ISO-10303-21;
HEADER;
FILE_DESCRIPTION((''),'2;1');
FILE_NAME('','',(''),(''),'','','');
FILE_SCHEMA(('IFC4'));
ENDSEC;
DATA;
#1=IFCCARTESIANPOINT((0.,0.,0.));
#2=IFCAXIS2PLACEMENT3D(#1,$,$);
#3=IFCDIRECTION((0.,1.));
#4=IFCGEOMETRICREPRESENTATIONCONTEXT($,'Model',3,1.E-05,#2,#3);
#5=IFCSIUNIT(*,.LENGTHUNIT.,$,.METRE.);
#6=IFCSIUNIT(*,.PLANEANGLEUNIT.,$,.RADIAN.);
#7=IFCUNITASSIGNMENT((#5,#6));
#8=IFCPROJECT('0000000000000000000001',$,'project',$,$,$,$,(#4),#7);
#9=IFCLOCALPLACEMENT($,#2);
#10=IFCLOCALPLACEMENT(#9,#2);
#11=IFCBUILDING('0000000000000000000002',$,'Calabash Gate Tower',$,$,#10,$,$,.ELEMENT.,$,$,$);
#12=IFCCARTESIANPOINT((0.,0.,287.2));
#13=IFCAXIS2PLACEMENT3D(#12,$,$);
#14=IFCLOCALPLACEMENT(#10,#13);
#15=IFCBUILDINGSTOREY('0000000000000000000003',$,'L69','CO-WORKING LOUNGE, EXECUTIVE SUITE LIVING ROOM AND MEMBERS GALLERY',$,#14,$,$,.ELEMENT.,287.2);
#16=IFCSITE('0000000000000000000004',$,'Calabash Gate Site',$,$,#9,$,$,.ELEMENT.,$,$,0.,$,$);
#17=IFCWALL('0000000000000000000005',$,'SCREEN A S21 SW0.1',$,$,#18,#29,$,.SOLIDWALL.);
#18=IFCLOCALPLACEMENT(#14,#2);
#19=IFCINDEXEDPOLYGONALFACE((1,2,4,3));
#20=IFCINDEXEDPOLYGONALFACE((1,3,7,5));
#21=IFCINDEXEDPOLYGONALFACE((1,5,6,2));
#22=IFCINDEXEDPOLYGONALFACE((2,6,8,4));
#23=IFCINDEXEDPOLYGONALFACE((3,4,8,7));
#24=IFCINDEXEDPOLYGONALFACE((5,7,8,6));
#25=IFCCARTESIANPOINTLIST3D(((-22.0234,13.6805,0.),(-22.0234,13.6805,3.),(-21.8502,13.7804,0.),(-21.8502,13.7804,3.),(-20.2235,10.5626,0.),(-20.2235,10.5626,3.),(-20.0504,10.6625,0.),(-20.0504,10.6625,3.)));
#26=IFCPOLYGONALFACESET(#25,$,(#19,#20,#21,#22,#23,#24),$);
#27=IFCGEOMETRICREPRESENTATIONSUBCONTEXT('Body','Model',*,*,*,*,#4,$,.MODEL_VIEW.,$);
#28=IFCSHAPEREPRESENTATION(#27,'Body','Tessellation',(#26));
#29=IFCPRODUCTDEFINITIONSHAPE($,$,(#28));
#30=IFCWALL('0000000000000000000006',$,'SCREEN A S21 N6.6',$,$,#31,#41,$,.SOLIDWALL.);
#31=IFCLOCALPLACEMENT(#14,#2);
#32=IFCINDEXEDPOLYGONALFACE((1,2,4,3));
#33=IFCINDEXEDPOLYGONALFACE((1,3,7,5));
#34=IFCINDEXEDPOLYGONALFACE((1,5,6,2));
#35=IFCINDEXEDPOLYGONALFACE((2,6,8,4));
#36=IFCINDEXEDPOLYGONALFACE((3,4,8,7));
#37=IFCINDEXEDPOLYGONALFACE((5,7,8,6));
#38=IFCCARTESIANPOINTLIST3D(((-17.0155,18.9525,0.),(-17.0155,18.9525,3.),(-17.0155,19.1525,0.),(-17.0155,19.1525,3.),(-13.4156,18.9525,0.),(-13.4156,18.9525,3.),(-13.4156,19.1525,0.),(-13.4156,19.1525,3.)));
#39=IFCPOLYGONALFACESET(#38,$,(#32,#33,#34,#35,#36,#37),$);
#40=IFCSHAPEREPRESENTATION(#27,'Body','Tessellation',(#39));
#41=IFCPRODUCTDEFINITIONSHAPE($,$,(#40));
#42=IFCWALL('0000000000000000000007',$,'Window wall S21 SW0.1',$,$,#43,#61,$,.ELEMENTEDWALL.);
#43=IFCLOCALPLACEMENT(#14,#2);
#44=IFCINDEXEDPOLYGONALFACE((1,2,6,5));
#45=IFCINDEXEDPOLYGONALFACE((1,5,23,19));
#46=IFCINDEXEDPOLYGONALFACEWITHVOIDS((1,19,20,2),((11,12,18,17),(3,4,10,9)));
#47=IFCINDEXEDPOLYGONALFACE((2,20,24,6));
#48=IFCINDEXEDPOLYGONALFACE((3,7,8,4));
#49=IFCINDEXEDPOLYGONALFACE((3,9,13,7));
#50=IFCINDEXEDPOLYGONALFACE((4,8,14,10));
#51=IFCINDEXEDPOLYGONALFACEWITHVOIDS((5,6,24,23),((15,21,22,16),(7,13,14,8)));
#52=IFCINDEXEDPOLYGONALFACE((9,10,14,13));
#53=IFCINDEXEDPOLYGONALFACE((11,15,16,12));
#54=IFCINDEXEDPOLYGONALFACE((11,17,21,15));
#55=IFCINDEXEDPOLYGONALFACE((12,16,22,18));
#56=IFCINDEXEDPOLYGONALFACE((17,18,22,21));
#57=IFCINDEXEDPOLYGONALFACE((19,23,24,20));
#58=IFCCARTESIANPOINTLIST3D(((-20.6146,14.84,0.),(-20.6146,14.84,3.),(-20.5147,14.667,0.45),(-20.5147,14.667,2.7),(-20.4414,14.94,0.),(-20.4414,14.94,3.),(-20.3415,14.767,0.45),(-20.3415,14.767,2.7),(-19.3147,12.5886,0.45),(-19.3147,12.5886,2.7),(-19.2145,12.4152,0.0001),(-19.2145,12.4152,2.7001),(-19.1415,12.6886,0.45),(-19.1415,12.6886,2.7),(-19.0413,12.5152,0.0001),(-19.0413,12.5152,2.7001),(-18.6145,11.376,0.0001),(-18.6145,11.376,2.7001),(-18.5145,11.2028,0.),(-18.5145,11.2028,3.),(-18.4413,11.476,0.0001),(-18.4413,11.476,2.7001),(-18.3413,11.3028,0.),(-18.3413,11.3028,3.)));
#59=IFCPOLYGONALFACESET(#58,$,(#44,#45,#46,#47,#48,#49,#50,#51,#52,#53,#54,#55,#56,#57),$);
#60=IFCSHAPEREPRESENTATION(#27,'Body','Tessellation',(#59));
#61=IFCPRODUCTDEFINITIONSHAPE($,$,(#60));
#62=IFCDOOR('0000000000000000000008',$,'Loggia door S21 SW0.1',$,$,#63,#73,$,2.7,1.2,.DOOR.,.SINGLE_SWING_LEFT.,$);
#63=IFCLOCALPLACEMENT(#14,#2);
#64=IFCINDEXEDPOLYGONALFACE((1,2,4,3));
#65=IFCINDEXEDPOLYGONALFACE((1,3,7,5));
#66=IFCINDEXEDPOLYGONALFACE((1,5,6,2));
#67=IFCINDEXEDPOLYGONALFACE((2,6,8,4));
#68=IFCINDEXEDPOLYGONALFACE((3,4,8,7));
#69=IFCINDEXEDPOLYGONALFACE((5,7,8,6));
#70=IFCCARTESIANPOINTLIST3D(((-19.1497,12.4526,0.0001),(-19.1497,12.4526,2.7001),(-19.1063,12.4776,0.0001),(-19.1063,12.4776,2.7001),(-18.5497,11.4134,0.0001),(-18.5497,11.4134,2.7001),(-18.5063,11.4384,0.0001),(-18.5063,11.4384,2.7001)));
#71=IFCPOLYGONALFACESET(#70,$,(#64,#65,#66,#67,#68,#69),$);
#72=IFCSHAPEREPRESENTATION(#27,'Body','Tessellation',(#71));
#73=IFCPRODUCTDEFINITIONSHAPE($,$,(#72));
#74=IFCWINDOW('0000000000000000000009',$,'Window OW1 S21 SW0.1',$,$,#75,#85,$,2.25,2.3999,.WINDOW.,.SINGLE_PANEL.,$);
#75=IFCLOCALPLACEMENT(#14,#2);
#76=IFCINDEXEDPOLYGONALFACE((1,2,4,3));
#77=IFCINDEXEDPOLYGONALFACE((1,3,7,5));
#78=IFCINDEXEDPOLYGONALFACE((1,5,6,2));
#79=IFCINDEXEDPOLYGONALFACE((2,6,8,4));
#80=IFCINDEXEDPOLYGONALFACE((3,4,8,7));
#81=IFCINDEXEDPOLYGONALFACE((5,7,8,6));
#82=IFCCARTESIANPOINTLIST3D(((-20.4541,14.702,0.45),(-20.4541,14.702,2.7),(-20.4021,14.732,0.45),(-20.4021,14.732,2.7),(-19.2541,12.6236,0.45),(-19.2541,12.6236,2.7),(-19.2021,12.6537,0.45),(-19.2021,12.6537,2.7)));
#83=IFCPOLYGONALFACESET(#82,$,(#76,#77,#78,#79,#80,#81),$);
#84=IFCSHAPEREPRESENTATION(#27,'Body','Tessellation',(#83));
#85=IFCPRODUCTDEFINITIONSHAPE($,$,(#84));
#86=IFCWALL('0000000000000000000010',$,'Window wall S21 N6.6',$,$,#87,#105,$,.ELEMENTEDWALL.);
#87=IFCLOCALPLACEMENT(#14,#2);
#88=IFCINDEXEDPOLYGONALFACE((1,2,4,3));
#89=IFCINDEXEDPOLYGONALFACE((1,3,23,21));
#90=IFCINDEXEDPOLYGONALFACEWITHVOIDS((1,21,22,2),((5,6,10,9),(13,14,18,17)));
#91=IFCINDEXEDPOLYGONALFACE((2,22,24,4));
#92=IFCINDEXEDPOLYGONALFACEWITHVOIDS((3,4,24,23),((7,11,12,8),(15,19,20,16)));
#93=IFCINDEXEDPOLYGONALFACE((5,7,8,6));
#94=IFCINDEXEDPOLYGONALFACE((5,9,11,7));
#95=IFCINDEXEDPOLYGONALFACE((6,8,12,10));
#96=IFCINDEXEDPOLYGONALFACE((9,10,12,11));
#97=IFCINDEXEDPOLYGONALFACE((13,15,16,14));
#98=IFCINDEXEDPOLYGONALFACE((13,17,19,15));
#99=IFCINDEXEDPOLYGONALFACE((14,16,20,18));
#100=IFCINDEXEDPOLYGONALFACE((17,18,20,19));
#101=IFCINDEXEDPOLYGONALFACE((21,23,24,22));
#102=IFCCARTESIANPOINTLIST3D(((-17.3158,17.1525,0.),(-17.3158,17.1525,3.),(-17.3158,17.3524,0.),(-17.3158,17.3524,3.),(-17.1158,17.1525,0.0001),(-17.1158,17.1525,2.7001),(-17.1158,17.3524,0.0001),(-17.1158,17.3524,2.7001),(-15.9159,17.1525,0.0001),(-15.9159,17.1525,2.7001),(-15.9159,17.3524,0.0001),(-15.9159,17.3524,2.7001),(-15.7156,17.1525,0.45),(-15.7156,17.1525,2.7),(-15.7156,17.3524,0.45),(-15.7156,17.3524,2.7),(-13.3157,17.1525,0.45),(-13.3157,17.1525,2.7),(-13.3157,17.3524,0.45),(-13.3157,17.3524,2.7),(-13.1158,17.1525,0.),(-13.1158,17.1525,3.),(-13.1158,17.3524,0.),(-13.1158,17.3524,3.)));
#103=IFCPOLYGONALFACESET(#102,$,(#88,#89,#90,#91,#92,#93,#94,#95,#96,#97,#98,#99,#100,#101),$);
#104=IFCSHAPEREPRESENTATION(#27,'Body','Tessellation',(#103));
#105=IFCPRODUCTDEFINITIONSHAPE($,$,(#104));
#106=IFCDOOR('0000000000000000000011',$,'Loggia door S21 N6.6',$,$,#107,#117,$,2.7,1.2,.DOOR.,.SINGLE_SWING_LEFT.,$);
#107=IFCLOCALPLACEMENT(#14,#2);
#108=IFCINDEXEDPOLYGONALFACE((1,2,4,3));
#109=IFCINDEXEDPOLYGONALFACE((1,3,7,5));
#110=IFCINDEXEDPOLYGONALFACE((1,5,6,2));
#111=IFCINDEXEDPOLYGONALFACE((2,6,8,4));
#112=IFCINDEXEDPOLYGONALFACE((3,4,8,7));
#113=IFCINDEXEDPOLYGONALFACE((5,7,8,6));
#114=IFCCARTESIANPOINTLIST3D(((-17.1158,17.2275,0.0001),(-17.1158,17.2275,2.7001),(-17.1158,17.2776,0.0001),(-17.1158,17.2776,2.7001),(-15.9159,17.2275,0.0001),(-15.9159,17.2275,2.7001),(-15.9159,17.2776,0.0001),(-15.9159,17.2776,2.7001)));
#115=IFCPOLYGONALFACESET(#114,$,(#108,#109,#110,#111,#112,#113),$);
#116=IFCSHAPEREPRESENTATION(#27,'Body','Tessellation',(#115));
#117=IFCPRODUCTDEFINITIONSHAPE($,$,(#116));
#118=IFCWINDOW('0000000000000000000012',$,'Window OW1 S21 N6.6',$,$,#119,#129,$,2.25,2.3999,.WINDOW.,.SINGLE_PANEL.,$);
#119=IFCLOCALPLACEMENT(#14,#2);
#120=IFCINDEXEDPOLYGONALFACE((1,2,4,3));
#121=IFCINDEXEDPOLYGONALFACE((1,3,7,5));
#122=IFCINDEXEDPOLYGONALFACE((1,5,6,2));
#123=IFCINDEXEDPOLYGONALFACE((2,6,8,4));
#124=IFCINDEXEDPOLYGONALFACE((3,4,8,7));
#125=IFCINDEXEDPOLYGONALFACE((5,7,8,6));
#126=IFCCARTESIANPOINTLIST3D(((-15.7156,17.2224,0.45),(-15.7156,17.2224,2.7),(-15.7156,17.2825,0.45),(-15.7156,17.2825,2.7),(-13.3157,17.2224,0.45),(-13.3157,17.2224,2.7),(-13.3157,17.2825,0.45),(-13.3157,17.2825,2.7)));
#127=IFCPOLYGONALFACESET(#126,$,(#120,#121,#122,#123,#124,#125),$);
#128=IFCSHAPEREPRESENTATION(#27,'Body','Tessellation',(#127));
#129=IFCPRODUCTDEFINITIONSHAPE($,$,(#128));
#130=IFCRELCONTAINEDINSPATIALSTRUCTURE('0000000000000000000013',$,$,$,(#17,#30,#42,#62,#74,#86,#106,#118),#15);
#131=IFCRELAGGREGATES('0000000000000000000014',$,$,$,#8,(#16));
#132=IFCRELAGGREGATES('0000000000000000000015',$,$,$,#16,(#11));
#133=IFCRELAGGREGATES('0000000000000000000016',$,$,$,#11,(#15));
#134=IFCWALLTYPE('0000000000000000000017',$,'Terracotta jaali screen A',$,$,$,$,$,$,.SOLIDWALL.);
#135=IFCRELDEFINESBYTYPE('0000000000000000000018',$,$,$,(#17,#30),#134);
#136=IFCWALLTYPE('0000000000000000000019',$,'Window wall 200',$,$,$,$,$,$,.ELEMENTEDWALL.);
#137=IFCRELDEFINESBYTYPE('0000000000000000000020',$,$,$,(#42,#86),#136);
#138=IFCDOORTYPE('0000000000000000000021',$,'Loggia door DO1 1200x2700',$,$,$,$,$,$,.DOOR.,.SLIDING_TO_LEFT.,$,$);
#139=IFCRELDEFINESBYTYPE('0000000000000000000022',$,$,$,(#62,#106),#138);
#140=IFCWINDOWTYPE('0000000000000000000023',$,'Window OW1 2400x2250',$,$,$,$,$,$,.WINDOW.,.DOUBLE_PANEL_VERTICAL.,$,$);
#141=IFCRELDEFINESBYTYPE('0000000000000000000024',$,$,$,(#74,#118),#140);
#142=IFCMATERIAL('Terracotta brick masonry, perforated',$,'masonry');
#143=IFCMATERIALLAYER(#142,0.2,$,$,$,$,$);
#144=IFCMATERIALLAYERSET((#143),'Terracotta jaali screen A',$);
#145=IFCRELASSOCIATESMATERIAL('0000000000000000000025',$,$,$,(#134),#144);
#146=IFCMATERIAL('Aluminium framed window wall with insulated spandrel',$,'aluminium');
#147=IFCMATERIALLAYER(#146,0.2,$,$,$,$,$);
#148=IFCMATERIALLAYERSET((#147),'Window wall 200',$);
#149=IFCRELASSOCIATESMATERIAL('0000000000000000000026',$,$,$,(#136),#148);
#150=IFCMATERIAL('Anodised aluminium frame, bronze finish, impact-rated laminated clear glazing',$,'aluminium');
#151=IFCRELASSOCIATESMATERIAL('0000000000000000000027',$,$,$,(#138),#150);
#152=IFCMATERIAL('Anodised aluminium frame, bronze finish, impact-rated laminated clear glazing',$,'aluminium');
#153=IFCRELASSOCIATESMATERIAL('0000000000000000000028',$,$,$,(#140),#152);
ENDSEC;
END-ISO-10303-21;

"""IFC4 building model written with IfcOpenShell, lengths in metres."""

from ifc_helpers import new_model, si_unit, direction, frame, frame_2d, origin, place, context, subcontext, project, spatial, rectangle, extrude, material, layer, layer_set, type_object, element, fill, save


model = new_model("IFC4")

# Units and contexts
model_context = context("Model", 3, precision=1e-05, world=origin(), true_north=direction((0.0, 1.0)))
body_context = subcontext(model_context, "Body", "Model", "MODEL_VIEW")
ifc_project = project(units=[si_unit("LENGTHUNIT", "METRE"), si_unit("PLANEANGLEUNIT", "RADIAN")], contexts=[model_context])

# Site, building, storey
site_placement = place(None, origin())
site = spatial("IfcSite", under=ifc_project, at=site_placement, Name="Calabash Gate Site", CompositionType="ELEMENT", RefElevation=0.0)
building_placement = place(site_placement, origin())
building = spatial("IfcBuilding", under=site, at=building_placement, Name="Calabash Gate Tower", CompositionType="ELEMENT")
storey_placement = place(building_placement, frame((0.0, 0.0, 287.2)))
storey = spatial("IfcBuildingStorey", under=building, at=storey_placement, Name="L69", Description="CO-WORKING LOUNGE, EXECUTIVE SUITE LIVING ROOM AND MEMBERS GALLERY", CompositionType="ELEMENT", Elevation=287.2)

# Walls
ifc_material_1 = material(Name="Terracotta brick masonry, perforated", Category="masonry")
ifc_layer_1 = layer(ifc_material_1, 0.2)
ifc_layer_set_1 = layer_set([ifc_layer_1], Name="Terracotta jaali screen A")
wall_type_1 = type_object("IfcWallType", Name="Terracotta jaali screen A", PredefinedType="SOLIDWALL", material=ifc_layer_set_1)
wall_1_placement = place(storey_placement, frame((-21.9368, 13.7305, 0.0), z_axis=(0.0, 0.0, 1.0), x_axis=(0.499932, -0.866065, 0.0)))
element("IfcWall", 1, at=wall_1_placement, inside=storey, type_object=wall_type_1, Name="SCREEN A S21 SW0.1", PredefinedType="SOLIDWALL", context=body_context, shape_type="SweptSolid", body=[
    extrude(rectangle(XDim=3.6001, YDim=0.2, at=frame_2d((1.8, 0.0))), origin(), (0.0, 0.0, 1.0), 3.0),
])
wall_2_placement = place(storey_placement, frame((-13.4158, 19.0525, 0.0), z_axis=(0.0, 0.0, 1.0), x_axis=(-1.0, 0.0, 0.0)))
element("IfcWall", 2, at=wall_2_placement, inside=storey, type_object=wall_type_1, Name="SCREEN A S21 N6.6", PredefinedType="SOLIDWALL", context=body_context, shape_type="SweptSolid", body=[
    extrude(rectangle(XDim=3.5999, YDim=0.2, at=frame_2d((1.7998, 0.0))), origin(), (0.0, 0.0, 1.0), 3.0),
])

# Walls, openings, doors, windows
ifc_material_2 = material(Name="Aluminium framed window wall with insulated spandrel", Category="aluminium")
ifc_layer_2 = layer(ifc_material_2, 0.2)
ifc_layer_set_2 = layer_set([ifc_layer_2], Name="Window wall 200")
wall_type_2 = type_object("IfcWallType", Name="Window wall 200", PredefinedType="ELEMENTEDWALL", material=ifc_layer_set_2)
wall_3_placement = place(storey_placement, frame((-20.5281, 14.8901, 0.0), z_axis=(0.0, 0.0, 1.0), x_axis=(0.500028, -0.866009, 0.0)))
wall_3 = element("IfcWall", 3, at=wall_3_placement, inside=storey, type_object=wall_type_2, Name="Window wall S21 SW0.1", PredefinedType="ELEMENTEDWALL", context=body_context, shape_type="SweptSolid", body=[
    extrude(rectangle(XDim=4.2, YDim=0.2, at=frame_2d((2.1001, 0.0))), origin(), (0.0, 0.0, 1.0), 3.0),
])
opening_1_placement = place(wall_3_placement, frame((0.2, 0.0, 0.45)))
opening_1 = element("IfcOpeningElement", 4, at=opening_1_placement, cuts=wall_3, PredefinedType="OPENING", context=body_context, shape_type="SweptSolid", body=[
    extrude(rectangle(XDim=2.3999, YDim=2.25, at=frame_2d((1.2, 1.125))), frame((0.0, 0.1099, 0.0), z_axis=(0.0, -1.0, 0.0), x_axis=(1.0, 0.0, 0.0)), (0.0, 0.0, 1.0), 0.22),
])
opening_2_placement = place(wall_3_placement, frame((2.8, 0.0, 0.0)))
opening_2 = element("IfcOpeningElement", 5, at=opening_2_placement, cuts=wall_3, PredefinedType="OPENING", context=body_context, shape_type="SweptSolid", body=[
    extrude(rectangle(XDim=1.2, YDim=2.7, at=frame_2d((0.6001, 1.3501))), frame((0.0, 0.1099, 0.0), z_axis=(0.0, -1.0, 0.0), x_axis=(1.0, 0.0, 0.0)), (0.0, 0.0, 1.0), 0.22),
])
ifc_material_3 = material(Name="Anodised aluminium frame, bronze finish, impact-rated laminated clear glazing", Category="aluminium")
door_type_1 = type_object("IfcDoorType", Name="Loggia door DO1 1200x2700", OperationType="SLIDING_TO_LEFT", PredefinedType="DOOR", material=ifc_material_3)
door_1_placement = place(opening_2_placement, origin())
door_1 = element("IfcDoor", 6, at=door_1_placement, inside=storey, type_object=door_type_1, Name="Loggia door S21 SW0.1", OperationType="SINGLE_SWING_LEFT", OverallHeight=2.7, OverallWidth=1.2, PredefinedType="DOOR", context=body_context, shape_type="SweptSolid", body=[
    extrude(rectangle(XDim=1.2, YDim=2.7, at=frame_2d((0.6001, 1.3501))), frame((0.0, 0.0249, 0.0), z_axis=(0.0, -1.0, 0.0), x_axis=(1.0, 0.0, 0.0)), (0.0, 0.0, 1.0), 0.05),
])
fill(opening_2, door_1)
ifc_material_4 = material(Name="Anodised aluminium frame, bronze finish, impact-rated laminated clear glazing", Category="aluminium")
window_type = type_object("IfcWindowType", Name="Window OW1 2400x2250", PartitioningType="DOUBLE_PANEL_VERTICAL", PredefinedType="WINDOW", material=ifc_material_4)
window_1_placement = place(opening_1_placement, origin())
window_1 = element("IfcWindow", 7, at=window_1_placement, inside=storey, type_object=window_type, Name="Window OW1 S21 SW0.1", OverallHeight=2.25, OverallWidth=2.3999, PartitioningType="SINGLE_PANEL", PredefinedType="WINDOW", context=body_context, shape_type="SweptSolid", body=[
    extrude(rectangle(XDim=2.3999, YDim=2.25, at=frame_2d((1.2, 1.125))), frame((0.0, 0.03, 0.0), z_axis=(0.0, -1.0, 0.0), x_axis=(1.0, 0.0, 0.0)), (0.0, 0.0, 1.0), 0.0601),
])
fill(opening_1, window_1)
wall_4_placement = place(storey_placement, frame((-13.1157, 17.2524, 0.0), z_axis=(0.0, 0.0, 1.0), x_axis=(-1.0, 0.0, 0.0)))
wall_4 = element("IfcWall", 8, at=wall_4_placement, inside=storey, type_object=wall_type_2, Name="Window wall S21 N6.6", PredefinedType="ELEMENTEDWALL", context=body_context, shape_type="SweptSolid", body=[
    extrude(rectangle(XDim=4.2, YDim=0.2, at=frame_2d((2.1001, 0.0))), origin(), (0.0, 0.0, 1.0), 3.0),
])
opening_3_placement = place(wall_4_placement, frame((0.2, 0.0, 0.45)))
opening_3 = element("IfcOpeningElement", 9, at=opening_3_placement, cuts=wall_4, PredefinedType="OPENING", context=body_context, shape_type="SweptSolid", body=[
    extrude(rectangle(XDim=2.3999, YDim=2.25, at=frame_2d((1.2, 1.125))), frame((0.0, 0.1099, 0.0), z_axis=(0.0, -1.0, 0.0), x_axis=(1.0, 0.0, 0.0)), (0.0, 0.0, 1.0), 0.22),
])
opening_4_placement = place(wall_4_placement, frame((2.8, 0.0, 0.0)))
opening_4 = element("IfcOpeningElement", 10, at=opening_4_placement, cuts=wall_4, PredefinedType="OPENING", context=body_context, shape_type="SweptSolid", body=[
    extrude(rectangle(XDim=1.2, YDim=2.7, at=frame_2d((0.6001, 1.3501))), frame((0.0, 0.1099, 0.0), z_axis=(0.0, -1.0, 0.0), x_axis=(1.0, 0.0, 0.0)), (0.0, 0.0, 1.0), 0.22),
])
door_2_placement = place(opening_4_placement, origin())
door_2 = element("IfcDoor", 11, at=door_2_placement, inside=storey, type_object=door_type_1, Name="Loggia door S21 N6.6", OperationType="SINGLE_SWING_LEFT", OverallHeight=2.7, OverallWidth=1.2, PredefinedType="DOOR", context=body_context, shape_type="SweptSolid", body=[
    extrude(rectangle(XDim=1.2, YDim=2.7, at=frame_2d((0.6001, 1.3501))), frame((0.0, 0.0249, 0.0), z_axis=(0.0, -1.0, 0.0), x_axis=(1.0, 0.0, 0.0)), (0.0, 0.0, 1.0), 0.05),
])
fill(opening_4, door_2)
window_2_placement = place(opening_3_placement, origin())
window_2 = element("IfcWindow", 12, at=window_2_placement, inside=storey, type_object=window_type, Name="Window OW1 S21 N6.6", OverallHeight=2.25, OverallWidth=2.3999, PartitioningType="SINGLE_PANEL", PredefinedType="WINDOW", context=body_context, shape_type="SweptSolid", body=[
    extrude(rectangle(XDim=2.3999, YDim=2.25, at=frame_2d((1.2, 1.125))), frame((0.0, 0.03, 0.0), z_axis=(0.0, -1.0, 0.0), x_axis=(1.0, 0.0, 0.0)), (0.0, 0.0, 1.0), 0.0601),
])
fill(opening_3, window_2)

save(model, "model.ifc")
